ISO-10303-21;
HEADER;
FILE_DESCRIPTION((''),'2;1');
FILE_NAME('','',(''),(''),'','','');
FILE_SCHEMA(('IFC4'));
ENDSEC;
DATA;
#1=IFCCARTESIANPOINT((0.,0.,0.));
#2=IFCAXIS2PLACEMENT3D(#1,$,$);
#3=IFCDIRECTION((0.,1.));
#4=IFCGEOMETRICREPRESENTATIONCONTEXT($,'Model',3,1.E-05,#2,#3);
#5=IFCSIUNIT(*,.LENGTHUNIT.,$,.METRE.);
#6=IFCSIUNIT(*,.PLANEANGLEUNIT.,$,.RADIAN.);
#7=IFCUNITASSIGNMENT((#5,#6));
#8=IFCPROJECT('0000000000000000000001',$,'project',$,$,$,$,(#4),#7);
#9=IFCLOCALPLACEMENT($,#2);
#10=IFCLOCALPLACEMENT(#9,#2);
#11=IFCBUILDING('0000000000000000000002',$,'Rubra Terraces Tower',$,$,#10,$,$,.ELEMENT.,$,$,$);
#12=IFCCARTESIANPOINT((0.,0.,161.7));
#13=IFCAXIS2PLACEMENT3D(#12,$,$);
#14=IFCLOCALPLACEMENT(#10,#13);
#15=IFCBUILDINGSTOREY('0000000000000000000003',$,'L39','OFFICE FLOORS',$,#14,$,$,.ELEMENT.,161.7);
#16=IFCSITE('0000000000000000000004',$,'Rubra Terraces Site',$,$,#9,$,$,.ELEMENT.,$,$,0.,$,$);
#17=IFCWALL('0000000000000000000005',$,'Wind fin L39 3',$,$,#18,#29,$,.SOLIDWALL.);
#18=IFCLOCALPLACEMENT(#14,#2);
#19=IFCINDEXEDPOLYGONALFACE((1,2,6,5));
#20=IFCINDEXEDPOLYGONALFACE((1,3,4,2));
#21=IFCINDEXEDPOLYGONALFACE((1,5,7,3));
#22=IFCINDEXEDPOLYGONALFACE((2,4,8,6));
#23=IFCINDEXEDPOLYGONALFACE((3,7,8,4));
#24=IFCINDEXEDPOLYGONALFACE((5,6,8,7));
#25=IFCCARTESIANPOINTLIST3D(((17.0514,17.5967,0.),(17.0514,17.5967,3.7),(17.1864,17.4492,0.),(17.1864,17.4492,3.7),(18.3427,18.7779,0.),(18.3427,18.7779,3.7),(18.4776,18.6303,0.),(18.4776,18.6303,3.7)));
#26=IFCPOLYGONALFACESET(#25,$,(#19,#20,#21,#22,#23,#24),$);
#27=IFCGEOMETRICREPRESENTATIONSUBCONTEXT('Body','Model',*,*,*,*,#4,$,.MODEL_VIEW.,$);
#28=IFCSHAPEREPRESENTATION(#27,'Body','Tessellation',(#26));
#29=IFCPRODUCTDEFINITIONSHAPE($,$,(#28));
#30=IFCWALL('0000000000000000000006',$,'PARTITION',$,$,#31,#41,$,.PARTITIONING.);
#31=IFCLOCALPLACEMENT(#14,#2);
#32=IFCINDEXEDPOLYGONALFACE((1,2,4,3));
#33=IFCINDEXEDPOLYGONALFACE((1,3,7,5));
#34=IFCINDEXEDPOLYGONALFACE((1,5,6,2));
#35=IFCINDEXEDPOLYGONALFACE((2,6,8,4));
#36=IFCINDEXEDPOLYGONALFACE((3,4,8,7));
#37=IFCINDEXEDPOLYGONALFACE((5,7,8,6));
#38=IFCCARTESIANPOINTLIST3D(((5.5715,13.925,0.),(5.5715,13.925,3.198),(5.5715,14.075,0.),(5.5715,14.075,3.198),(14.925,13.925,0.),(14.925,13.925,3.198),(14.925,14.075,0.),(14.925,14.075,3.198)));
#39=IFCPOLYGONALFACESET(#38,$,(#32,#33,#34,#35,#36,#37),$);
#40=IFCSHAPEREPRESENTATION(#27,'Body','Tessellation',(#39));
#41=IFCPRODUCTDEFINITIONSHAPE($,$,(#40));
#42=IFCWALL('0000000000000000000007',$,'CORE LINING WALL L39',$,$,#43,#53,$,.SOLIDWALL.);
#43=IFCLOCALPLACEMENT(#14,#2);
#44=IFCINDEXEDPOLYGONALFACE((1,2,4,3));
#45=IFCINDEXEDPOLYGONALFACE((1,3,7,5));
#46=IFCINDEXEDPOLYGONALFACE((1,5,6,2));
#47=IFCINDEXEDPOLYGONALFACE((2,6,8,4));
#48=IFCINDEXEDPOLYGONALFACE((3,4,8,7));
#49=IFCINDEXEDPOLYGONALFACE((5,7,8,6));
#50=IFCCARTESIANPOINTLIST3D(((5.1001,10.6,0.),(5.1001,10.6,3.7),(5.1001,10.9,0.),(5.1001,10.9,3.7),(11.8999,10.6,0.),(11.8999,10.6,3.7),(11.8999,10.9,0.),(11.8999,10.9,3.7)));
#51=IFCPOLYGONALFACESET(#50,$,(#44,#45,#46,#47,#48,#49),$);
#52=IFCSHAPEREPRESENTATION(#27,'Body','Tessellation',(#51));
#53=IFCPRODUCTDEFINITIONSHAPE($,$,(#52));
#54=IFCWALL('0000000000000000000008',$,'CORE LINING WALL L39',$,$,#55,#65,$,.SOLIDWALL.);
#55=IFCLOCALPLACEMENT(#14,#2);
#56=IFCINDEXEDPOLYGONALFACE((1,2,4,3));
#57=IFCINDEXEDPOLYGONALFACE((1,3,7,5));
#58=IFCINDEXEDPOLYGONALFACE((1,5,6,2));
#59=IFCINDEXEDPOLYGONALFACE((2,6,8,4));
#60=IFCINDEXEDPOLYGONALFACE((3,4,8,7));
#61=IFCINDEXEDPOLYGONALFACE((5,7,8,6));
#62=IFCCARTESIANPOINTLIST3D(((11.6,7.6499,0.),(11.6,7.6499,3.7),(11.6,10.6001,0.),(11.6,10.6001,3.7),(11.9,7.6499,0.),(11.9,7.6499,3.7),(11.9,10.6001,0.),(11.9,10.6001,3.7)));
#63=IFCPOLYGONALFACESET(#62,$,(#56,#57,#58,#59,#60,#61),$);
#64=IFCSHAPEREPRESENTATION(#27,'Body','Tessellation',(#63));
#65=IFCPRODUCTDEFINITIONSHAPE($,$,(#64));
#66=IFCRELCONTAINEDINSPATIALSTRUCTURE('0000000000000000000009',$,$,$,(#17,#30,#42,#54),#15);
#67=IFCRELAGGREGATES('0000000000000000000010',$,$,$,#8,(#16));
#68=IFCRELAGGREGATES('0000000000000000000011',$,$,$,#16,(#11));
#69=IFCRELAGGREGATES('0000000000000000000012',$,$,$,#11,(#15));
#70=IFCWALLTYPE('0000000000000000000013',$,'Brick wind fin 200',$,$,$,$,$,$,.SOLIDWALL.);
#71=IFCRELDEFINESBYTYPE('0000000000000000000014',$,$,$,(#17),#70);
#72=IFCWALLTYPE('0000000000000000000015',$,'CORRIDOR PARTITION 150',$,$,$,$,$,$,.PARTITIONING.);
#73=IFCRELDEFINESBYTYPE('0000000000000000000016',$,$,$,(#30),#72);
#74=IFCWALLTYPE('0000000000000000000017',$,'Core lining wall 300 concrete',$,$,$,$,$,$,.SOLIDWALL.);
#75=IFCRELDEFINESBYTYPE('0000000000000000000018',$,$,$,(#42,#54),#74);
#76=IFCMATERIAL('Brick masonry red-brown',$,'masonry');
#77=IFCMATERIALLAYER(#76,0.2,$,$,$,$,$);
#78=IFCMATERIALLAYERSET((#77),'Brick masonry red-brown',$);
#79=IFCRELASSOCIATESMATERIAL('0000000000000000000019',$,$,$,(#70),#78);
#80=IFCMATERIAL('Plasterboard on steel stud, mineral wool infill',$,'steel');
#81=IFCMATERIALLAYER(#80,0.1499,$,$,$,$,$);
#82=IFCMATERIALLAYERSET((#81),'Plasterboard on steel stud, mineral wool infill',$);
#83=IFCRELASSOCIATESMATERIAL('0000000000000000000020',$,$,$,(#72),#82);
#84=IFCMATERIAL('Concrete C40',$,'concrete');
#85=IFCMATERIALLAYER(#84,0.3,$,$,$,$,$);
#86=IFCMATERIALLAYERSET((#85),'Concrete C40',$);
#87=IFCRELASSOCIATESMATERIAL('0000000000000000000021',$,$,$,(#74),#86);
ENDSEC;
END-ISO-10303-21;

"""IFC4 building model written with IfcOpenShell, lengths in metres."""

from ifc_helpers import new_model, si_unit, direction, frame, frame_2d, origin, place, context, subcontext, project, spatial, rectangle, extrude, material, layer, layer_set, type_object, element, save


model = new_model("IFC4")

# Units and contexts
model_context = context("Model", 3, precision=1e-05, world=origin(), true_north=direction((0.0, 1.0)))
body_context = subcontext(model_context, "Body", "Model", "MODEL_VIEW")
ifc_project = project(units=[si_unit("LENGTHUNIT", "METRE"), si_unit("PLANEANGLEUNIT", "RADIAN")], contexts=[model_context])

# Site, building, storey
site_placement = place(None, origin())
site = spatial("IfcSite", under=ifc_project, at=site_placement, Name="Rubra Terraces Site", CompositionType="ELEMENT", RefElevation=0.0)
building_placement = place(site_placement, origin())
building = spatial("IfcBuilding", under=site, at=building_placement, Name="Rubra Terraces Tower", CompositionType="ELEMENT")
storey_placement = place(building_placement, frame((0.0, 0.0, 161.7)))
storey = spatial("IfcBuildingStorey", under=building, at=storey_placement, Name="L39", Description="OFFICE FLOORS", CompositionType="ELEMENT", Elevation=161.7)

# Shared definitions
ifc_material_1 = material(Name="Brick masonry red-brown", Category="masonry")

# Walls
ifc_layer_1 = layer(ifc_material_1, 0.2)
ifc_layer_set_1 = layer_set([ifc_layer_1], Name="Brick masonry red-brown")
wall_type_1 = type_object("IfcWallType", Name="Brick wind fin 200", PredefinedType="SOLIDWALL", material=ifc_layer_set_1)
wall_1_placement = place(storey_placement, frame((17.1189, 17.5229, 0.0), z_axis=(0.0, 0.0, 1.0), x_axis=(0.737866, 0.674947, 0.0)))
element("IfcWall", 1, at=wall_1_placement, inside=storey, type_object=wall_type_1, Name="Wind fin L39 3", PredefinedType="SOLIDWALL", context=body_context, shape_type="SweptSolid", body=[
    extrude(rectangle(XDim=1.75, YDim=0.2, at=frame_2d((0.875, 0.0))), origin(), (0.0, 0.0, 1.0), 3.7),
])
ifc_material_2 = material(Name="Plasterboard on steel stud, mineral wool infill", Category="steel")
ifc_layer_2 = layer(ifc_material_2, 0.1499)
ifc_layer_set_2 = layer_set([ifc_layer_2], Name="Plasterboard on steel stud, mineral wool infill")
wall_type_2 = type_object("IfcWallType", Name="CORRIDOR PARTITION 150", PredefinedType="PARTITIONING", material=ifc_layer_set_2)
wall_2_placement = place(storey_placement, frame((14.925, 14.0, 0.0), z_axis=(0.0, 0.0, 1.0), x_axis=(-1.0, 0.0, 0.0)))
element("IfcWall", 2, at=wall_2_placement, inside=storey, type_object=wall_type_2, Name="PARTITION", PredefinedType="PARTITIONING", context=body_context, shape_type="SweptSolid", body=[
    extrude(rectangle(XDim=9.3535, YDim=0.1499, at=frame_2d((4.6768, 0.0))), origin(), (0.0, 0.0, 1.0), 3.198),
])
ifc_material_3 = material(Name="Concrete C40", Category="concrete")
ifc_layer_3 = layer(ifc_material_3, 0.3)
ifc_layer_set_3 = layer_set([ifc_layer_3], Name="Concrete C40")
wall_type_3 = type_object("IfcWallType", Name="Core lining wall 300 concrete", PredefinedType="SOLIDWALL", material=ifc_layer_set_3)
wall_3_placement = place(storey_placement, frame((11.8999, 10.75, 0.0), z_axis=(0.0, 0.0, 1.0), x_axis=(-1.0, 0.0, 0.0)))
element("IfcWall", 3, at=wall_3_placement, inside=storey, type_object=wall_type_3, Name="CORE LINING WALL L39", PredefinedType="SOLIDWALL", context=body_context, shape_type="SweptSolid", body=[
    extrude(rectangle(XDim=6.7998, YDim=0.3, at=frame_2d((3.3999, 0.0))), origin(), (0.0, 0.0, 1.0), 3.7),
])
wall_4_placement = place(storey_placement, frame((11.75, 10.6001, 0.0), z_axis=(0.0, 0.0, 1.0), x_axis=(0.0, -1.0, 0.0)))
element("IfcWall", 4, at=wall_4_placement, inside=storey, type_object=wall_type_3, Name="CORE LINING WALL L39", PredefinedType="SOLIDWALL", context=body_context, shape_type="SweptSolid", body=[
    extrude(rectangle(XDim=2.9502, YDim=0.3, at=frame_2d((1.4751, 0.0))), origin(), (0.0, 0.0, 1.0), 3.7),
])

save(model, "model.ifc")
